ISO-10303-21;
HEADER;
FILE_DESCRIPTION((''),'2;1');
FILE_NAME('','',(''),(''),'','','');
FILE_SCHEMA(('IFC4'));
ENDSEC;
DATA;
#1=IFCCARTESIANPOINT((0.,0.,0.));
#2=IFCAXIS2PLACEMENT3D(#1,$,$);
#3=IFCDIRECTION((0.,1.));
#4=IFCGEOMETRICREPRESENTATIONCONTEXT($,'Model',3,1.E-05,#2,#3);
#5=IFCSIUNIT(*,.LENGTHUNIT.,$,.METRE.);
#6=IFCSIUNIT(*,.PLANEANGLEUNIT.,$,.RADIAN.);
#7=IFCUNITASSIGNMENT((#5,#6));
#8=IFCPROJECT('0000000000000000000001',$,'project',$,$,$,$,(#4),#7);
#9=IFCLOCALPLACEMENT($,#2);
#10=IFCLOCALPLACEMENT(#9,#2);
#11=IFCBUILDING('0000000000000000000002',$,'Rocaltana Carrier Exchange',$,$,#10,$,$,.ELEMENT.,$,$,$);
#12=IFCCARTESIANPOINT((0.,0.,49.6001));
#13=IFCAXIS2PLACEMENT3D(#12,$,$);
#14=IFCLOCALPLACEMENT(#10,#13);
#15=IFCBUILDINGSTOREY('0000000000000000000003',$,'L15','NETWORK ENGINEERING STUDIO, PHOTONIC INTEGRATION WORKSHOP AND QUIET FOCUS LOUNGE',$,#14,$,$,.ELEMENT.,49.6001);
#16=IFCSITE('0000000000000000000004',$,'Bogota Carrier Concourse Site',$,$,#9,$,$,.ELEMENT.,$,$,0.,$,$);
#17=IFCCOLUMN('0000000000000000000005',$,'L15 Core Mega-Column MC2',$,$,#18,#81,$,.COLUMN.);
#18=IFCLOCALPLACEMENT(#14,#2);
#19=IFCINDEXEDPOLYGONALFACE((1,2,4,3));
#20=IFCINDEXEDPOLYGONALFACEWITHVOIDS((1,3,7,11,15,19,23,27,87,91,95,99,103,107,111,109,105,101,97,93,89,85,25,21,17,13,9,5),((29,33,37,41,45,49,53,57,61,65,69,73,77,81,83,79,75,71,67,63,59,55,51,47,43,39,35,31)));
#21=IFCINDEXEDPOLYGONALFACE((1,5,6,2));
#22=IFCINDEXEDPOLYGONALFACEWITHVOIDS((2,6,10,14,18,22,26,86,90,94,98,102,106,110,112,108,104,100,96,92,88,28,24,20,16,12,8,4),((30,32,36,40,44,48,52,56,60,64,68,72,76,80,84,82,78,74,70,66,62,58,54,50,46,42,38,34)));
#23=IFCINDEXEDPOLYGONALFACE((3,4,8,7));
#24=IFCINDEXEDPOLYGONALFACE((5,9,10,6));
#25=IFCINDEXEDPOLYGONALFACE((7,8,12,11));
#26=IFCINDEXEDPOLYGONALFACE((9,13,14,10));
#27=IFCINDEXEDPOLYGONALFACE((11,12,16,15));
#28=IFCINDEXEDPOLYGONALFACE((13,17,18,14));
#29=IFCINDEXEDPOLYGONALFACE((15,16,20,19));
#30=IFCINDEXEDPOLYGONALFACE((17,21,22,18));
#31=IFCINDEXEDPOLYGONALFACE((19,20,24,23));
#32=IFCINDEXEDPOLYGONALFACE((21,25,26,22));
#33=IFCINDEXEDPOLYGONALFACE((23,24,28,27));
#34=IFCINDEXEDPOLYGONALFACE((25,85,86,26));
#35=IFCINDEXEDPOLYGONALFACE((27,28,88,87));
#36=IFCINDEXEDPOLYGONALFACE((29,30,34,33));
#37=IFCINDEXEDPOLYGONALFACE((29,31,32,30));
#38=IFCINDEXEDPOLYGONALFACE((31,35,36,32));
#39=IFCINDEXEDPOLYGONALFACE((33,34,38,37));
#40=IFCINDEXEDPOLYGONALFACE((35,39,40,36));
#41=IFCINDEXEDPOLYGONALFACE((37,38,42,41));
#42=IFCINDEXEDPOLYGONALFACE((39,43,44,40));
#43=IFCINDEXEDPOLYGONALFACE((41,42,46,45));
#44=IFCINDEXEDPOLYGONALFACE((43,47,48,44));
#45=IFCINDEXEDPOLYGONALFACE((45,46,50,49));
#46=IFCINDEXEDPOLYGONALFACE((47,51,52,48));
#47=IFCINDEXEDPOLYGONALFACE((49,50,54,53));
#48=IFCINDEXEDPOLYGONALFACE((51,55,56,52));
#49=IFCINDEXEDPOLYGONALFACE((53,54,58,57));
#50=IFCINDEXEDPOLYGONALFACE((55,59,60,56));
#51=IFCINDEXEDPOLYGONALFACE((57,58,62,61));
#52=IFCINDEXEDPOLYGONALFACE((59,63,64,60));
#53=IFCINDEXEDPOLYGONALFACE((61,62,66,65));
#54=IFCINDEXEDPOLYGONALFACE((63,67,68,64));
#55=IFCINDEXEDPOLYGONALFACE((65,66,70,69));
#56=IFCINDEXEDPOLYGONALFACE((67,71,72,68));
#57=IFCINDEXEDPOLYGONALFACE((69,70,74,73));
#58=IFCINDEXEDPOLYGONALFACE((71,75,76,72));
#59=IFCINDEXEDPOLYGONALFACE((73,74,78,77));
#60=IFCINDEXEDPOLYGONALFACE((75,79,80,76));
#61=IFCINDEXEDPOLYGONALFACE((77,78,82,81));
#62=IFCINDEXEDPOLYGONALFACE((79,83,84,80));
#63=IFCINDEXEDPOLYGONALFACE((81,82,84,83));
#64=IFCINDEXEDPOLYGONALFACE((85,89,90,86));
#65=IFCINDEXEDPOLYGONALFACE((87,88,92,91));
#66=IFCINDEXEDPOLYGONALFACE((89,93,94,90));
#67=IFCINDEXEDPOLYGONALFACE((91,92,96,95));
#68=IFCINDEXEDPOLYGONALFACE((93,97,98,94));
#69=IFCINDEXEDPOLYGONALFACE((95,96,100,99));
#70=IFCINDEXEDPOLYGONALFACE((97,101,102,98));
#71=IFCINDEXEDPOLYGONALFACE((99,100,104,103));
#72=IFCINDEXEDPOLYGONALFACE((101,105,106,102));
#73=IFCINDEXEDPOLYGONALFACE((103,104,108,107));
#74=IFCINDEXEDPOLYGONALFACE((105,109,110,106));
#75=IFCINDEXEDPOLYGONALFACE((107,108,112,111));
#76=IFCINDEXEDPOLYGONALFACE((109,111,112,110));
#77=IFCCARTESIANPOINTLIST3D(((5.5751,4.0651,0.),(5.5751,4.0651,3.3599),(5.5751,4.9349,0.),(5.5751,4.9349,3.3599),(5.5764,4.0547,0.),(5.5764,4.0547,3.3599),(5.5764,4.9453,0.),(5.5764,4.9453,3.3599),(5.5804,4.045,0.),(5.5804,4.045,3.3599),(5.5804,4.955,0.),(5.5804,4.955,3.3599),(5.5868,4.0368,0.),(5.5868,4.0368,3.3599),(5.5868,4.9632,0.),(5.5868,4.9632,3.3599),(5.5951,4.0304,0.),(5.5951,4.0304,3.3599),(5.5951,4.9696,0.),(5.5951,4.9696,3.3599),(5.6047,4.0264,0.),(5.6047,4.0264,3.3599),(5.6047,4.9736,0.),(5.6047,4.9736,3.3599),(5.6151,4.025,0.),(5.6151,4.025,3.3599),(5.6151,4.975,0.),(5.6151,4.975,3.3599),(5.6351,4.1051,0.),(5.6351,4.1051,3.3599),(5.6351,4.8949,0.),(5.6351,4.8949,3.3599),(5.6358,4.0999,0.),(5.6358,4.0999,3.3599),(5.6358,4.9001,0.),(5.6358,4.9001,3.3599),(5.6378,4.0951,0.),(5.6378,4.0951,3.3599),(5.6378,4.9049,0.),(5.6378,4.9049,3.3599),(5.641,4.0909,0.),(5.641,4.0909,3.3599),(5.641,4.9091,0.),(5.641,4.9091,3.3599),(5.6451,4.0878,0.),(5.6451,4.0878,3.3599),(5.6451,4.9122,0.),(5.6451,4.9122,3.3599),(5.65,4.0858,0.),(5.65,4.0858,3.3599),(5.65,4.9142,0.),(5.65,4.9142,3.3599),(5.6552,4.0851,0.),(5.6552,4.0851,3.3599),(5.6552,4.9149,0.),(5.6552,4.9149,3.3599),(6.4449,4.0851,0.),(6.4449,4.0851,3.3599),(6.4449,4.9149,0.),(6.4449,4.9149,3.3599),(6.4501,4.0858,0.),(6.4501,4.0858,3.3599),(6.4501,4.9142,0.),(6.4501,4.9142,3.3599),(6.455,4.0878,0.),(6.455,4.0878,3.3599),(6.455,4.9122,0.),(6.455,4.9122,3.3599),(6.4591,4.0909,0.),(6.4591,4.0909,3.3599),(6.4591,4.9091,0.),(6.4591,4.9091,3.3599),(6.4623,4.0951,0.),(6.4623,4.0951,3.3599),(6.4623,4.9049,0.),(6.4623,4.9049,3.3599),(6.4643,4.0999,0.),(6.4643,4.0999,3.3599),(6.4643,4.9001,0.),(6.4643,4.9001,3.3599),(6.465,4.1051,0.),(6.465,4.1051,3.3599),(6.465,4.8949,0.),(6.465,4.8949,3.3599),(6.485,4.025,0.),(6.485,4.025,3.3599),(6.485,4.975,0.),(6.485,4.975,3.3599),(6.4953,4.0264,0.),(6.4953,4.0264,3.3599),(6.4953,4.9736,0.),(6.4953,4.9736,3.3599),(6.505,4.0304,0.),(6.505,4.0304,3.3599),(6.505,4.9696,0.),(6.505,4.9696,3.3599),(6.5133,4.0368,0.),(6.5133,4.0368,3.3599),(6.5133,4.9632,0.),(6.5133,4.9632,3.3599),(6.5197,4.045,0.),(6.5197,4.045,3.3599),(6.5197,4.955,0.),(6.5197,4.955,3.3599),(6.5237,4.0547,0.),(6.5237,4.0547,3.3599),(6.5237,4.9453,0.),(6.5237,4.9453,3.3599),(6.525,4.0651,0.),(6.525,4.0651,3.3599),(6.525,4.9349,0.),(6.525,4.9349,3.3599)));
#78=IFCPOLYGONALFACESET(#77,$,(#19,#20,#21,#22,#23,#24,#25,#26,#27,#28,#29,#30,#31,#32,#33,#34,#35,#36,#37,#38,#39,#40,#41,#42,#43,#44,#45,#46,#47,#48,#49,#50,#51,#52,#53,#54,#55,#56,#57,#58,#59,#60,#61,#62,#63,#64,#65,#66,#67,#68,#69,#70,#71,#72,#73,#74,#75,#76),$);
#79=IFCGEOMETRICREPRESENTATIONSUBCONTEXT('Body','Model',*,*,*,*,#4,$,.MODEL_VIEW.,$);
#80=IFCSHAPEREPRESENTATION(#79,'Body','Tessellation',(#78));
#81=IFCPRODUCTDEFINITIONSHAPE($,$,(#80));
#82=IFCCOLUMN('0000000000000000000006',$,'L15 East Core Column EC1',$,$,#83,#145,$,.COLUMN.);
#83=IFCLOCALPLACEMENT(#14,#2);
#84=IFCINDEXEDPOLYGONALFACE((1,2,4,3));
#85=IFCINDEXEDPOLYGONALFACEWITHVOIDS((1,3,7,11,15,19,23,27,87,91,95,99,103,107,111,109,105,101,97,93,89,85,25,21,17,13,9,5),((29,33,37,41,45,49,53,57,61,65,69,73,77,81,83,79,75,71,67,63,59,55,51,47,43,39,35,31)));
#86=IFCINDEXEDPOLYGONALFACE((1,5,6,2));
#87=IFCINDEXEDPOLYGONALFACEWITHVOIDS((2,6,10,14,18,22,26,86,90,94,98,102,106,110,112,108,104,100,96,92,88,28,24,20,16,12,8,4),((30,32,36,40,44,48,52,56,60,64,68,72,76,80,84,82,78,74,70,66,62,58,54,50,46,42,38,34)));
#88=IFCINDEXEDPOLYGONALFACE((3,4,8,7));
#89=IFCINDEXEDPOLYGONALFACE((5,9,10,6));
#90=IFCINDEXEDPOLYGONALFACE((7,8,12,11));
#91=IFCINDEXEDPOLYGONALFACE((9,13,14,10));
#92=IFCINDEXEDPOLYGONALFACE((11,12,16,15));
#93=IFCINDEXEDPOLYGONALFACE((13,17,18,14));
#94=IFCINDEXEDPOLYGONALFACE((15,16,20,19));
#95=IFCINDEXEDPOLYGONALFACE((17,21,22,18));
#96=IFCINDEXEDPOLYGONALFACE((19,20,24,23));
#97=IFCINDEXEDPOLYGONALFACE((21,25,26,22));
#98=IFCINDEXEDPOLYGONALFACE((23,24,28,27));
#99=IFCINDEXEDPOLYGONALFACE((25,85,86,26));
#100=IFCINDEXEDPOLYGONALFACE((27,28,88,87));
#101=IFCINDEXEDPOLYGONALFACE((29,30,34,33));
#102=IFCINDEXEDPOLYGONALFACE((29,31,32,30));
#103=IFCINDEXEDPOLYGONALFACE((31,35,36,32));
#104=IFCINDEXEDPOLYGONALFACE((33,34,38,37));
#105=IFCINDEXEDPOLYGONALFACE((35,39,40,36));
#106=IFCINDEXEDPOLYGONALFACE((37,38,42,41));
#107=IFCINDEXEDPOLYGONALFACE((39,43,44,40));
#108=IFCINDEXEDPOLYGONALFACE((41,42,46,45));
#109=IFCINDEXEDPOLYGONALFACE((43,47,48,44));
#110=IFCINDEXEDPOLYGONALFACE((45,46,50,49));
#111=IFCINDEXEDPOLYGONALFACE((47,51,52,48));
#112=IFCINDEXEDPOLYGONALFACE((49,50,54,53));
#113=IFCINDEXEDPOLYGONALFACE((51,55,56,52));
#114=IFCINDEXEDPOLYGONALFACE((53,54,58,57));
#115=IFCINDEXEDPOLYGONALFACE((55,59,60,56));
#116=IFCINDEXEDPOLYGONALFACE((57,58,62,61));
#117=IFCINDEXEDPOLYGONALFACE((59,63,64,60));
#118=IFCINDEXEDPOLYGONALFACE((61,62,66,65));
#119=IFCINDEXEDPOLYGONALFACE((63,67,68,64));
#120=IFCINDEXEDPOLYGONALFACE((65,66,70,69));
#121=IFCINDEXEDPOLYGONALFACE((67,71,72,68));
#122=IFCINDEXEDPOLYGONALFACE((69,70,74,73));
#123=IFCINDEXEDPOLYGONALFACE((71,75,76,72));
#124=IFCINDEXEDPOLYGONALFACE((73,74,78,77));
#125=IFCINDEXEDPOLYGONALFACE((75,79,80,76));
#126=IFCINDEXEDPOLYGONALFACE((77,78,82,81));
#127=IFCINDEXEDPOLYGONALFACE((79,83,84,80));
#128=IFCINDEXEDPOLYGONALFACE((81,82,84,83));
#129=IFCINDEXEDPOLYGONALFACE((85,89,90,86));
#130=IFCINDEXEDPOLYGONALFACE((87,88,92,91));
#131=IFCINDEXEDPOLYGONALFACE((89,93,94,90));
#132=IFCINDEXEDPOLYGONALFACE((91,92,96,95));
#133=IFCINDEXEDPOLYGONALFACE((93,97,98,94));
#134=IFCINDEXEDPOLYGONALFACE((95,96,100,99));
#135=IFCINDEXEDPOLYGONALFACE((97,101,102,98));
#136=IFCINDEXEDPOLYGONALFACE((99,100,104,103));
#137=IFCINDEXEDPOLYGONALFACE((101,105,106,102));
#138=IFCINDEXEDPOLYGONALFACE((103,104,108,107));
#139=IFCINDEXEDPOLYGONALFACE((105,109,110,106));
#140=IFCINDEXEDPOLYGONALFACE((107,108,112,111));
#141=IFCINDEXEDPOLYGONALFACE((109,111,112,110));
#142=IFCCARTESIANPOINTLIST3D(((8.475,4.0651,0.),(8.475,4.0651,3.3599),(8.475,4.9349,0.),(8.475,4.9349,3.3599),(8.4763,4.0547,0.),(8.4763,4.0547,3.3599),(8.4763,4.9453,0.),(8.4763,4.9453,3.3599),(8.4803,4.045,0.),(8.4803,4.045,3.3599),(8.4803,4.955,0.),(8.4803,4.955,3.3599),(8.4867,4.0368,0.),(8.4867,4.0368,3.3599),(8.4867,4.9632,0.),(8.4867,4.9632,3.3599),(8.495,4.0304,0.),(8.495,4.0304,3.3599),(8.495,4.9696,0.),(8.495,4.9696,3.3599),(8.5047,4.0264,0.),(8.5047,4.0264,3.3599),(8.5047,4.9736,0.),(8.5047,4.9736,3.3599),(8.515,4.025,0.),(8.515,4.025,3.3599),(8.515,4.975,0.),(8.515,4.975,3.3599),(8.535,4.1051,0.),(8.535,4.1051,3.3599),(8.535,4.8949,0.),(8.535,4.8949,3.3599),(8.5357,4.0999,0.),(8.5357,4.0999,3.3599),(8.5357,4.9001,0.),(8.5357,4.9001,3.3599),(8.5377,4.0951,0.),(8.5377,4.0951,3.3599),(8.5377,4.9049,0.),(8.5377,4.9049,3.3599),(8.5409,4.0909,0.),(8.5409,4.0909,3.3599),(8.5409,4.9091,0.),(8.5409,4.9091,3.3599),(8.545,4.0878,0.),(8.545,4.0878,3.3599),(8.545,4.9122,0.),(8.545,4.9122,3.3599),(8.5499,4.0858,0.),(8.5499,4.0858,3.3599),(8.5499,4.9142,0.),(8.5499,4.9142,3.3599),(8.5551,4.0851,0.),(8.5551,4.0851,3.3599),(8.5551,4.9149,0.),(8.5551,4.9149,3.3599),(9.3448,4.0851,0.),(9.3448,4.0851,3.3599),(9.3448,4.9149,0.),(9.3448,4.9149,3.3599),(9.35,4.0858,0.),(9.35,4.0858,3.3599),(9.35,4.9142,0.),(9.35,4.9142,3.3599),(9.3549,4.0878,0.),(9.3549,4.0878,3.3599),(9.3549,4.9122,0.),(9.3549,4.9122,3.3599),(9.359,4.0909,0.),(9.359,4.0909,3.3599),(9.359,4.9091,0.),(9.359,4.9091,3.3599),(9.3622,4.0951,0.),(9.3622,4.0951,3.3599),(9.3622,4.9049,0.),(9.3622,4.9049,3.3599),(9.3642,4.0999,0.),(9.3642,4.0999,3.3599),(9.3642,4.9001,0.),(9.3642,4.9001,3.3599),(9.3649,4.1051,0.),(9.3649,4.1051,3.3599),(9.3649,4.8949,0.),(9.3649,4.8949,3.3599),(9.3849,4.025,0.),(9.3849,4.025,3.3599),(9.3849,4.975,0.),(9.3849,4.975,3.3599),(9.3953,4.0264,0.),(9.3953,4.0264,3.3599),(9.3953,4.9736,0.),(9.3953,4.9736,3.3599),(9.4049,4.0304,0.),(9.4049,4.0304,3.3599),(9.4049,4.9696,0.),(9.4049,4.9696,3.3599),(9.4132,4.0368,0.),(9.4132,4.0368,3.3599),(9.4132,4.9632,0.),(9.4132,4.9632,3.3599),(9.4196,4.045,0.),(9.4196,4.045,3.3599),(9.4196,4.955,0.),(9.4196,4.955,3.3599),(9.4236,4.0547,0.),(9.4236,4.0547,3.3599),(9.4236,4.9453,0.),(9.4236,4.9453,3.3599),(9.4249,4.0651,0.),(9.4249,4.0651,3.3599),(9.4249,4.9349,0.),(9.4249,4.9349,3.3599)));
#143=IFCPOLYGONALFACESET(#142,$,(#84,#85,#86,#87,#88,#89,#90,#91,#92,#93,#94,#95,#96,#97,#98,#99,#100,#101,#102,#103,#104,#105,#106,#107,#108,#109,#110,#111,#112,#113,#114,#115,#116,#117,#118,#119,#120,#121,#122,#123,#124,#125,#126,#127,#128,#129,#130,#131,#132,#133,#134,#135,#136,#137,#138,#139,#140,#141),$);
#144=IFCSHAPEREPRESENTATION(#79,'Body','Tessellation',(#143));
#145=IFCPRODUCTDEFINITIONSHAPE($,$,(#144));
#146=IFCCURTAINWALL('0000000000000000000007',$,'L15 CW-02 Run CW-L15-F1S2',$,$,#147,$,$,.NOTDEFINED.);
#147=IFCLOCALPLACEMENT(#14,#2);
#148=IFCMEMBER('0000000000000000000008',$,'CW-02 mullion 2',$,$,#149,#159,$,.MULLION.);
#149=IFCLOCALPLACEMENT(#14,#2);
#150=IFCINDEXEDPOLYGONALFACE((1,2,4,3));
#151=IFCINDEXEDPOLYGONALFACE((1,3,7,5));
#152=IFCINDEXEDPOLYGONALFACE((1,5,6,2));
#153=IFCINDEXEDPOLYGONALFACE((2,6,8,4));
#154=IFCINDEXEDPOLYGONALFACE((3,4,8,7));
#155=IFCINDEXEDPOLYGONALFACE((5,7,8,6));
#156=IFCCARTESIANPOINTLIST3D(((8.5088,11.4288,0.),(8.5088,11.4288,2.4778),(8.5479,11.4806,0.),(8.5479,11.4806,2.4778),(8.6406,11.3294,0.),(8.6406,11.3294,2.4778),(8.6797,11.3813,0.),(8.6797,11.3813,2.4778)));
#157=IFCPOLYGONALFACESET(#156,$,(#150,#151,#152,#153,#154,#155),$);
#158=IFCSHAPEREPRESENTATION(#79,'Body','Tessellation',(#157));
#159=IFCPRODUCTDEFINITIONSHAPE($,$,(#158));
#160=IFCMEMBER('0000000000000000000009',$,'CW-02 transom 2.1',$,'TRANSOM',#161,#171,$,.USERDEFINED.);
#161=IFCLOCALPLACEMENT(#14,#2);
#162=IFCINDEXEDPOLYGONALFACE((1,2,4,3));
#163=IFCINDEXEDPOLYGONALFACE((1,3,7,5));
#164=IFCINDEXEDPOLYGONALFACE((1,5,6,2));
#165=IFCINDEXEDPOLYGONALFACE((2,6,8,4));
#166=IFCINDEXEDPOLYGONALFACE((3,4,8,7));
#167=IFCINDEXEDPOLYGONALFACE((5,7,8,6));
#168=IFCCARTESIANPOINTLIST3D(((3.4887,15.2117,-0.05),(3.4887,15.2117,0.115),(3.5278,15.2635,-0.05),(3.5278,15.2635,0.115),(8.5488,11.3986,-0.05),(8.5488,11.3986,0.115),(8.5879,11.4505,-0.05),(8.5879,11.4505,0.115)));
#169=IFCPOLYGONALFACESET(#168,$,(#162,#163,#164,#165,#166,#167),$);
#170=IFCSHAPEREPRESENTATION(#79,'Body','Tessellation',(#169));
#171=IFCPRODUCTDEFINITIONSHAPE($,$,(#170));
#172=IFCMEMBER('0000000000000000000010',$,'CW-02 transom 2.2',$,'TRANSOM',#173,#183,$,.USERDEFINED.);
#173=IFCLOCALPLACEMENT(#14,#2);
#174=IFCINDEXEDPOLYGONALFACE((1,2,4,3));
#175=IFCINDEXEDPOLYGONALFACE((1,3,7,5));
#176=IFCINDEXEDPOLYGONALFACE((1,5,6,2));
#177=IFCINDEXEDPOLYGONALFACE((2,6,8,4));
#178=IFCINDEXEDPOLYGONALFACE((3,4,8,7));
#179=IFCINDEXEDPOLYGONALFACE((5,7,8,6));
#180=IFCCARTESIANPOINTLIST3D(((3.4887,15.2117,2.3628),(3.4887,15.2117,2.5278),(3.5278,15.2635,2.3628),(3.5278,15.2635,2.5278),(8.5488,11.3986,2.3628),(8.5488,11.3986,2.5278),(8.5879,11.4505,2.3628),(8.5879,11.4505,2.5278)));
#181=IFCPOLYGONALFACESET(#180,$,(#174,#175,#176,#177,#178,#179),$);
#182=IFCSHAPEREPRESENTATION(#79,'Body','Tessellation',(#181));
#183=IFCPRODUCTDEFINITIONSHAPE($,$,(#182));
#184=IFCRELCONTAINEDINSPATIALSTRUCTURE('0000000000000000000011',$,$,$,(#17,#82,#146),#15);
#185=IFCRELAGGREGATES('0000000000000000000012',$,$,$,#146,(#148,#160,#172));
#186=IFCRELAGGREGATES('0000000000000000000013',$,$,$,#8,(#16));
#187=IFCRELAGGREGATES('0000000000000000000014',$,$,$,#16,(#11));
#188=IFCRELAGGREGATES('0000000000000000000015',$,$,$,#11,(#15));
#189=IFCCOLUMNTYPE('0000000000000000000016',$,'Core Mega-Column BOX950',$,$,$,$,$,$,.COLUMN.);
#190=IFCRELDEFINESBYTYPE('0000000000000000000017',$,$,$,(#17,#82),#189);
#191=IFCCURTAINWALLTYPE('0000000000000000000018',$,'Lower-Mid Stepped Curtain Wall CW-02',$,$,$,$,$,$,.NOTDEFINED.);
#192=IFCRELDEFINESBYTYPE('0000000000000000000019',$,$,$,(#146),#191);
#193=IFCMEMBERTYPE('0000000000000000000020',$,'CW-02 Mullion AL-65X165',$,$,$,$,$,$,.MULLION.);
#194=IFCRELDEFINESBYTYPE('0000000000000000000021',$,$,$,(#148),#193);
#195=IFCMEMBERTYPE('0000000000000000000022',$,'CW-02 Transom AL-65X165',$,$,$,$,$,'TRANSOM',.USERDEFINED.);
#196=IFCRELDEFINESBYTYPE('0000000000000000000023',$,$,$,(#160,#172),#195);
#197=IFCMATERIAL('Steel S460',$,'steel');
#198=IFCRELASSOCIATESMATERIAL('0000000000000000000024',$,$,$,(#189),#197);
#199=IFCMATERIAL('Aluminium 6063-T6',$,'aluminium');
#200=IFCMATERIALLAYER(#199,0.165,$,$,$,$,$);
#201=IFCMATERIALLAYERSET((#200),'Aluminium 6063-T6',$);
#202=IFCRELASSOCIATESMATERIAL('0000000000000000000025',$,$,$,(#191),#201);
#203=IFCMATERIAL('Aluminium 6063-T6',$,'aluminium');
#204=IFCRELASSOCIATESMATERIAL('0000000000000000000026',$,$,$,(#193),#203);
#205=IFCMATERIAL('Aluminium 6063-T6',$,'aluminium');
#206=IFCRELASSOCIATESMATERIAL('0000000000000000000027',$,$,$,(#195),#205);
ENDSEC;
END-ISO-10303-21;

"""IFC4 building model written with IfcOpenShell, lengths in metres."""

from ifc_helpers import new_model, si_unit, direction, frame, origin, origin_2d, place, context, subcontext, project, spatial, rectangle, hollow_rectangle, extrude, material, layer, layer_set, material_profile, profile_set, type_object, element, aggregate, save


model = new_model("IFC4")

# Units and contexts
model_context = context("Model", 3, precision=1e-05, world=origin(), true_north=direction((0.0, 1.0)))
body_context = subcontext(model_context, "Body", "Model", "MODEL_VIEW")
ifc_project = project(units=[si_unit("LENGTHUNIT", "METRE"), si_unit("PLANEANGLEUNIT", "RADIAN")], contexts=[model_context])

# Site, building, storey
site_placement = place(None, origin())
site = spatial("IfcSite", under=ifc_project, at=site_placement, Name="Bogota Carrier Concourse Site", CompositionType="ELEMENT", RefElevation=0.0)
building_placement = place(site_placement, origin())
building = spatial("IfcBuilding", under=site, at=building_placement, Name="Rocaltana Carrier Exchange", CompositionType="ELEMENT")
storey_placement = place(building_placement, frame((0.0, 0.0, 49.6001)))
storey = spatial("IfcBuildingStorey", under=building, at=storey_placement, Name="L15", Description="NETWORK ENGINEERING STUDIO, PHOTONIC INTEGRATION WORKSHOP AND QUIET FOCUS LOUNGE", CompositionType="ELEMENT", Elevation=49.6001)

# Columns
ifc_material_1 = material(Name="Steel S460", Category="steel")
ifc_material_profile_1 = material_profile(ifc_material_1, hollow_rectangle(XDim=0.95, YDim=0.95, WallThickness=0.0601, InnerFilletRadius=0.02, OuterFilletRadius=0.04, at=origin_2d()), Name="BOX950X950X60")
ifc_profile_set_1 = profile_set([ifc_material_profile_1], Name="Steel S460")
column_type = type_object("IfcColumnType", Name="Core Mega-Column BOX950", PredefinedType="COLUMN", material=ifc_profile_set_1)
for number, where, z_axis, x_axis, name in (
    (1, (6.05, 4.5, 0.0), (0.0, 0.0, 1.0), (1.0, 0.0, 0.0), "L15 Core Mega-Column MC2"),
    (2, (8.95, 4.5, 0.0), (0.0, 0.0, 1.0), (1.0, 0.0, 0.0), "L15 East Core Column EC1"),
):
    element("IfcColumn", number, at=place(storey_placement, frame(where, z_axis=z_axis, x_axis=x_axis)), inside=storey, type_object=column_type, Name=name, PredefinedType="COLUMN", context=body_context, shape_type="SweptSolid", body=[
        extrude(hollow_rectangle(XDim=0.95, YDim=0.95, WallThickness=0.0601, InnerFilletRadius=0.02, OuterFilletRadius=0.04, at=origin_2d()), origin(), (0.0, 0.0, 1.0), 3.3599),
    ])

# Curtain wall, members
ifc_material_2 = material(Name="Aluminium 6063-T6", Category="aluminium")
ifc_layer_1 = layer(ifc_material_2, 0.165)
ifc_layer_set_1 = layer_set([ifc_layer_1], Name="Aluminium 6063-T6")
curtain_wall_type = type_object("IfcCurtainWallType", Name="Lower-Mid Stepped Curtain Wall CW-02", PredefinedType="NOTDEFINED", material=ifc_layer_set_1)
curtain_wall_placement = place(storey_placement, origin())
curtain_wall = element("IfcCurtainWall", 3, at=curtain_wall_placement, inside=storey, type_object=curtain_wall_type, Name="L15 CW-02 Run CW-L15-F1S2", PredefinedType="NOTDEFINED")
ifc_material_3 = material(Name="Aluminium 6063-T6", Category="aluminium")
ifc_material_profile_2 = material_profile(ifc_material_3, rectangle(XDim=0.0649, YDim=0.165, at=origin_2d()), Name="AL-65X165")
ifc_profile_set_2 = profile_set([ifc_material_profile_2], Name="Aluminium 6063-T6")
member_type_1 = type_object("IfcMemberType", Name="CW-02 Mullion AL-65X165", PredefinedType="MULLION", material=ifc_profile_set_2)
member_1_placement = place(storey_placement, frame((8.5942, 11.405, 0.0), z_axis=(0.0, 0.0, 1.0), x_axis=(-0.601815, -0.798635, 0.0)))
member_1 = element("IfcMember", 4, at=member_1_placement, type_object=member_type_1, Name="CW-02 mullion 2", PredefinedType="MULLION", context=body_context, shape_type="SweptSolid", body=[
    extrude(rectangle(XDim=0.0649, YDim=0.165, at=origin_2d()), origin(), (0.0, 0.0, 1.0), 2.4778),
])
ifc_material_4 = material(Name="Aluminium 6063-T6", Category="aluminium")
ifc_material_profile_3 = material_profile(ifc_material_4, rectangle(XDim=0.0649, YDim=0.165, at=origin_2d()), Name="AL-65X165")
ifc_profile_set_3 = profile_set([ifc_material_profile_3], Name="Aluminium 6063-T6")
member_type_2 = type_object("IfcMemberType", Name="CW-02 Transom AL-65X165", ElementType="TRANSOM", PredefinedType="USERDEFINED", material=ifc_profile_set_3)
member_2_placement = place(storey_placement, frame((8.5684, 11.4246, 0.0325), z_axis=(-0.798638, 0.601811, 0.0), x_axis=(-0.601811, -0.798638, 0.0)))
member_2 = element("IfcMember", 5, at=member_2_placement, type_object=member_type_2, Name="CW-02 transom 2.1", ObjectType="TRANSOM", PredefinedType="USERDEFINED", context=body_context, shape_type="SweptSolid", body=[
    extrude(rectangle(XDim=0.0649, YDim=0.165, at=origin_2d()), origin(), (0.0, 0.0, 1.0), 6.3359),
])
member_3_placement = place(storey_placement, frame((8.5684, 11.4246, 2.4453), z_axis=(-0.798638, 0.601811, 0.0), x_axis=(-0.601811, -0.798638, 0.0)))
member_3 = element("IfcMember", 6, at=member_3_placement, type_object=member_type_2, Name="CW-02 transom 2.2", ObjectType="TRANSOM", PredefinedType="USERDEFINED", context=body_context, shape_type="SweptSolid", body=[
    extrude(rectangle(XDim=0.0649, YDim=0.165, at=origin_2d()), origin(), (0.0, 0.0, 1.0), 6.3359),
])

aggregate(curtain_wall, [member_1, member_2, member_3])

save(model, "model.ifc")
